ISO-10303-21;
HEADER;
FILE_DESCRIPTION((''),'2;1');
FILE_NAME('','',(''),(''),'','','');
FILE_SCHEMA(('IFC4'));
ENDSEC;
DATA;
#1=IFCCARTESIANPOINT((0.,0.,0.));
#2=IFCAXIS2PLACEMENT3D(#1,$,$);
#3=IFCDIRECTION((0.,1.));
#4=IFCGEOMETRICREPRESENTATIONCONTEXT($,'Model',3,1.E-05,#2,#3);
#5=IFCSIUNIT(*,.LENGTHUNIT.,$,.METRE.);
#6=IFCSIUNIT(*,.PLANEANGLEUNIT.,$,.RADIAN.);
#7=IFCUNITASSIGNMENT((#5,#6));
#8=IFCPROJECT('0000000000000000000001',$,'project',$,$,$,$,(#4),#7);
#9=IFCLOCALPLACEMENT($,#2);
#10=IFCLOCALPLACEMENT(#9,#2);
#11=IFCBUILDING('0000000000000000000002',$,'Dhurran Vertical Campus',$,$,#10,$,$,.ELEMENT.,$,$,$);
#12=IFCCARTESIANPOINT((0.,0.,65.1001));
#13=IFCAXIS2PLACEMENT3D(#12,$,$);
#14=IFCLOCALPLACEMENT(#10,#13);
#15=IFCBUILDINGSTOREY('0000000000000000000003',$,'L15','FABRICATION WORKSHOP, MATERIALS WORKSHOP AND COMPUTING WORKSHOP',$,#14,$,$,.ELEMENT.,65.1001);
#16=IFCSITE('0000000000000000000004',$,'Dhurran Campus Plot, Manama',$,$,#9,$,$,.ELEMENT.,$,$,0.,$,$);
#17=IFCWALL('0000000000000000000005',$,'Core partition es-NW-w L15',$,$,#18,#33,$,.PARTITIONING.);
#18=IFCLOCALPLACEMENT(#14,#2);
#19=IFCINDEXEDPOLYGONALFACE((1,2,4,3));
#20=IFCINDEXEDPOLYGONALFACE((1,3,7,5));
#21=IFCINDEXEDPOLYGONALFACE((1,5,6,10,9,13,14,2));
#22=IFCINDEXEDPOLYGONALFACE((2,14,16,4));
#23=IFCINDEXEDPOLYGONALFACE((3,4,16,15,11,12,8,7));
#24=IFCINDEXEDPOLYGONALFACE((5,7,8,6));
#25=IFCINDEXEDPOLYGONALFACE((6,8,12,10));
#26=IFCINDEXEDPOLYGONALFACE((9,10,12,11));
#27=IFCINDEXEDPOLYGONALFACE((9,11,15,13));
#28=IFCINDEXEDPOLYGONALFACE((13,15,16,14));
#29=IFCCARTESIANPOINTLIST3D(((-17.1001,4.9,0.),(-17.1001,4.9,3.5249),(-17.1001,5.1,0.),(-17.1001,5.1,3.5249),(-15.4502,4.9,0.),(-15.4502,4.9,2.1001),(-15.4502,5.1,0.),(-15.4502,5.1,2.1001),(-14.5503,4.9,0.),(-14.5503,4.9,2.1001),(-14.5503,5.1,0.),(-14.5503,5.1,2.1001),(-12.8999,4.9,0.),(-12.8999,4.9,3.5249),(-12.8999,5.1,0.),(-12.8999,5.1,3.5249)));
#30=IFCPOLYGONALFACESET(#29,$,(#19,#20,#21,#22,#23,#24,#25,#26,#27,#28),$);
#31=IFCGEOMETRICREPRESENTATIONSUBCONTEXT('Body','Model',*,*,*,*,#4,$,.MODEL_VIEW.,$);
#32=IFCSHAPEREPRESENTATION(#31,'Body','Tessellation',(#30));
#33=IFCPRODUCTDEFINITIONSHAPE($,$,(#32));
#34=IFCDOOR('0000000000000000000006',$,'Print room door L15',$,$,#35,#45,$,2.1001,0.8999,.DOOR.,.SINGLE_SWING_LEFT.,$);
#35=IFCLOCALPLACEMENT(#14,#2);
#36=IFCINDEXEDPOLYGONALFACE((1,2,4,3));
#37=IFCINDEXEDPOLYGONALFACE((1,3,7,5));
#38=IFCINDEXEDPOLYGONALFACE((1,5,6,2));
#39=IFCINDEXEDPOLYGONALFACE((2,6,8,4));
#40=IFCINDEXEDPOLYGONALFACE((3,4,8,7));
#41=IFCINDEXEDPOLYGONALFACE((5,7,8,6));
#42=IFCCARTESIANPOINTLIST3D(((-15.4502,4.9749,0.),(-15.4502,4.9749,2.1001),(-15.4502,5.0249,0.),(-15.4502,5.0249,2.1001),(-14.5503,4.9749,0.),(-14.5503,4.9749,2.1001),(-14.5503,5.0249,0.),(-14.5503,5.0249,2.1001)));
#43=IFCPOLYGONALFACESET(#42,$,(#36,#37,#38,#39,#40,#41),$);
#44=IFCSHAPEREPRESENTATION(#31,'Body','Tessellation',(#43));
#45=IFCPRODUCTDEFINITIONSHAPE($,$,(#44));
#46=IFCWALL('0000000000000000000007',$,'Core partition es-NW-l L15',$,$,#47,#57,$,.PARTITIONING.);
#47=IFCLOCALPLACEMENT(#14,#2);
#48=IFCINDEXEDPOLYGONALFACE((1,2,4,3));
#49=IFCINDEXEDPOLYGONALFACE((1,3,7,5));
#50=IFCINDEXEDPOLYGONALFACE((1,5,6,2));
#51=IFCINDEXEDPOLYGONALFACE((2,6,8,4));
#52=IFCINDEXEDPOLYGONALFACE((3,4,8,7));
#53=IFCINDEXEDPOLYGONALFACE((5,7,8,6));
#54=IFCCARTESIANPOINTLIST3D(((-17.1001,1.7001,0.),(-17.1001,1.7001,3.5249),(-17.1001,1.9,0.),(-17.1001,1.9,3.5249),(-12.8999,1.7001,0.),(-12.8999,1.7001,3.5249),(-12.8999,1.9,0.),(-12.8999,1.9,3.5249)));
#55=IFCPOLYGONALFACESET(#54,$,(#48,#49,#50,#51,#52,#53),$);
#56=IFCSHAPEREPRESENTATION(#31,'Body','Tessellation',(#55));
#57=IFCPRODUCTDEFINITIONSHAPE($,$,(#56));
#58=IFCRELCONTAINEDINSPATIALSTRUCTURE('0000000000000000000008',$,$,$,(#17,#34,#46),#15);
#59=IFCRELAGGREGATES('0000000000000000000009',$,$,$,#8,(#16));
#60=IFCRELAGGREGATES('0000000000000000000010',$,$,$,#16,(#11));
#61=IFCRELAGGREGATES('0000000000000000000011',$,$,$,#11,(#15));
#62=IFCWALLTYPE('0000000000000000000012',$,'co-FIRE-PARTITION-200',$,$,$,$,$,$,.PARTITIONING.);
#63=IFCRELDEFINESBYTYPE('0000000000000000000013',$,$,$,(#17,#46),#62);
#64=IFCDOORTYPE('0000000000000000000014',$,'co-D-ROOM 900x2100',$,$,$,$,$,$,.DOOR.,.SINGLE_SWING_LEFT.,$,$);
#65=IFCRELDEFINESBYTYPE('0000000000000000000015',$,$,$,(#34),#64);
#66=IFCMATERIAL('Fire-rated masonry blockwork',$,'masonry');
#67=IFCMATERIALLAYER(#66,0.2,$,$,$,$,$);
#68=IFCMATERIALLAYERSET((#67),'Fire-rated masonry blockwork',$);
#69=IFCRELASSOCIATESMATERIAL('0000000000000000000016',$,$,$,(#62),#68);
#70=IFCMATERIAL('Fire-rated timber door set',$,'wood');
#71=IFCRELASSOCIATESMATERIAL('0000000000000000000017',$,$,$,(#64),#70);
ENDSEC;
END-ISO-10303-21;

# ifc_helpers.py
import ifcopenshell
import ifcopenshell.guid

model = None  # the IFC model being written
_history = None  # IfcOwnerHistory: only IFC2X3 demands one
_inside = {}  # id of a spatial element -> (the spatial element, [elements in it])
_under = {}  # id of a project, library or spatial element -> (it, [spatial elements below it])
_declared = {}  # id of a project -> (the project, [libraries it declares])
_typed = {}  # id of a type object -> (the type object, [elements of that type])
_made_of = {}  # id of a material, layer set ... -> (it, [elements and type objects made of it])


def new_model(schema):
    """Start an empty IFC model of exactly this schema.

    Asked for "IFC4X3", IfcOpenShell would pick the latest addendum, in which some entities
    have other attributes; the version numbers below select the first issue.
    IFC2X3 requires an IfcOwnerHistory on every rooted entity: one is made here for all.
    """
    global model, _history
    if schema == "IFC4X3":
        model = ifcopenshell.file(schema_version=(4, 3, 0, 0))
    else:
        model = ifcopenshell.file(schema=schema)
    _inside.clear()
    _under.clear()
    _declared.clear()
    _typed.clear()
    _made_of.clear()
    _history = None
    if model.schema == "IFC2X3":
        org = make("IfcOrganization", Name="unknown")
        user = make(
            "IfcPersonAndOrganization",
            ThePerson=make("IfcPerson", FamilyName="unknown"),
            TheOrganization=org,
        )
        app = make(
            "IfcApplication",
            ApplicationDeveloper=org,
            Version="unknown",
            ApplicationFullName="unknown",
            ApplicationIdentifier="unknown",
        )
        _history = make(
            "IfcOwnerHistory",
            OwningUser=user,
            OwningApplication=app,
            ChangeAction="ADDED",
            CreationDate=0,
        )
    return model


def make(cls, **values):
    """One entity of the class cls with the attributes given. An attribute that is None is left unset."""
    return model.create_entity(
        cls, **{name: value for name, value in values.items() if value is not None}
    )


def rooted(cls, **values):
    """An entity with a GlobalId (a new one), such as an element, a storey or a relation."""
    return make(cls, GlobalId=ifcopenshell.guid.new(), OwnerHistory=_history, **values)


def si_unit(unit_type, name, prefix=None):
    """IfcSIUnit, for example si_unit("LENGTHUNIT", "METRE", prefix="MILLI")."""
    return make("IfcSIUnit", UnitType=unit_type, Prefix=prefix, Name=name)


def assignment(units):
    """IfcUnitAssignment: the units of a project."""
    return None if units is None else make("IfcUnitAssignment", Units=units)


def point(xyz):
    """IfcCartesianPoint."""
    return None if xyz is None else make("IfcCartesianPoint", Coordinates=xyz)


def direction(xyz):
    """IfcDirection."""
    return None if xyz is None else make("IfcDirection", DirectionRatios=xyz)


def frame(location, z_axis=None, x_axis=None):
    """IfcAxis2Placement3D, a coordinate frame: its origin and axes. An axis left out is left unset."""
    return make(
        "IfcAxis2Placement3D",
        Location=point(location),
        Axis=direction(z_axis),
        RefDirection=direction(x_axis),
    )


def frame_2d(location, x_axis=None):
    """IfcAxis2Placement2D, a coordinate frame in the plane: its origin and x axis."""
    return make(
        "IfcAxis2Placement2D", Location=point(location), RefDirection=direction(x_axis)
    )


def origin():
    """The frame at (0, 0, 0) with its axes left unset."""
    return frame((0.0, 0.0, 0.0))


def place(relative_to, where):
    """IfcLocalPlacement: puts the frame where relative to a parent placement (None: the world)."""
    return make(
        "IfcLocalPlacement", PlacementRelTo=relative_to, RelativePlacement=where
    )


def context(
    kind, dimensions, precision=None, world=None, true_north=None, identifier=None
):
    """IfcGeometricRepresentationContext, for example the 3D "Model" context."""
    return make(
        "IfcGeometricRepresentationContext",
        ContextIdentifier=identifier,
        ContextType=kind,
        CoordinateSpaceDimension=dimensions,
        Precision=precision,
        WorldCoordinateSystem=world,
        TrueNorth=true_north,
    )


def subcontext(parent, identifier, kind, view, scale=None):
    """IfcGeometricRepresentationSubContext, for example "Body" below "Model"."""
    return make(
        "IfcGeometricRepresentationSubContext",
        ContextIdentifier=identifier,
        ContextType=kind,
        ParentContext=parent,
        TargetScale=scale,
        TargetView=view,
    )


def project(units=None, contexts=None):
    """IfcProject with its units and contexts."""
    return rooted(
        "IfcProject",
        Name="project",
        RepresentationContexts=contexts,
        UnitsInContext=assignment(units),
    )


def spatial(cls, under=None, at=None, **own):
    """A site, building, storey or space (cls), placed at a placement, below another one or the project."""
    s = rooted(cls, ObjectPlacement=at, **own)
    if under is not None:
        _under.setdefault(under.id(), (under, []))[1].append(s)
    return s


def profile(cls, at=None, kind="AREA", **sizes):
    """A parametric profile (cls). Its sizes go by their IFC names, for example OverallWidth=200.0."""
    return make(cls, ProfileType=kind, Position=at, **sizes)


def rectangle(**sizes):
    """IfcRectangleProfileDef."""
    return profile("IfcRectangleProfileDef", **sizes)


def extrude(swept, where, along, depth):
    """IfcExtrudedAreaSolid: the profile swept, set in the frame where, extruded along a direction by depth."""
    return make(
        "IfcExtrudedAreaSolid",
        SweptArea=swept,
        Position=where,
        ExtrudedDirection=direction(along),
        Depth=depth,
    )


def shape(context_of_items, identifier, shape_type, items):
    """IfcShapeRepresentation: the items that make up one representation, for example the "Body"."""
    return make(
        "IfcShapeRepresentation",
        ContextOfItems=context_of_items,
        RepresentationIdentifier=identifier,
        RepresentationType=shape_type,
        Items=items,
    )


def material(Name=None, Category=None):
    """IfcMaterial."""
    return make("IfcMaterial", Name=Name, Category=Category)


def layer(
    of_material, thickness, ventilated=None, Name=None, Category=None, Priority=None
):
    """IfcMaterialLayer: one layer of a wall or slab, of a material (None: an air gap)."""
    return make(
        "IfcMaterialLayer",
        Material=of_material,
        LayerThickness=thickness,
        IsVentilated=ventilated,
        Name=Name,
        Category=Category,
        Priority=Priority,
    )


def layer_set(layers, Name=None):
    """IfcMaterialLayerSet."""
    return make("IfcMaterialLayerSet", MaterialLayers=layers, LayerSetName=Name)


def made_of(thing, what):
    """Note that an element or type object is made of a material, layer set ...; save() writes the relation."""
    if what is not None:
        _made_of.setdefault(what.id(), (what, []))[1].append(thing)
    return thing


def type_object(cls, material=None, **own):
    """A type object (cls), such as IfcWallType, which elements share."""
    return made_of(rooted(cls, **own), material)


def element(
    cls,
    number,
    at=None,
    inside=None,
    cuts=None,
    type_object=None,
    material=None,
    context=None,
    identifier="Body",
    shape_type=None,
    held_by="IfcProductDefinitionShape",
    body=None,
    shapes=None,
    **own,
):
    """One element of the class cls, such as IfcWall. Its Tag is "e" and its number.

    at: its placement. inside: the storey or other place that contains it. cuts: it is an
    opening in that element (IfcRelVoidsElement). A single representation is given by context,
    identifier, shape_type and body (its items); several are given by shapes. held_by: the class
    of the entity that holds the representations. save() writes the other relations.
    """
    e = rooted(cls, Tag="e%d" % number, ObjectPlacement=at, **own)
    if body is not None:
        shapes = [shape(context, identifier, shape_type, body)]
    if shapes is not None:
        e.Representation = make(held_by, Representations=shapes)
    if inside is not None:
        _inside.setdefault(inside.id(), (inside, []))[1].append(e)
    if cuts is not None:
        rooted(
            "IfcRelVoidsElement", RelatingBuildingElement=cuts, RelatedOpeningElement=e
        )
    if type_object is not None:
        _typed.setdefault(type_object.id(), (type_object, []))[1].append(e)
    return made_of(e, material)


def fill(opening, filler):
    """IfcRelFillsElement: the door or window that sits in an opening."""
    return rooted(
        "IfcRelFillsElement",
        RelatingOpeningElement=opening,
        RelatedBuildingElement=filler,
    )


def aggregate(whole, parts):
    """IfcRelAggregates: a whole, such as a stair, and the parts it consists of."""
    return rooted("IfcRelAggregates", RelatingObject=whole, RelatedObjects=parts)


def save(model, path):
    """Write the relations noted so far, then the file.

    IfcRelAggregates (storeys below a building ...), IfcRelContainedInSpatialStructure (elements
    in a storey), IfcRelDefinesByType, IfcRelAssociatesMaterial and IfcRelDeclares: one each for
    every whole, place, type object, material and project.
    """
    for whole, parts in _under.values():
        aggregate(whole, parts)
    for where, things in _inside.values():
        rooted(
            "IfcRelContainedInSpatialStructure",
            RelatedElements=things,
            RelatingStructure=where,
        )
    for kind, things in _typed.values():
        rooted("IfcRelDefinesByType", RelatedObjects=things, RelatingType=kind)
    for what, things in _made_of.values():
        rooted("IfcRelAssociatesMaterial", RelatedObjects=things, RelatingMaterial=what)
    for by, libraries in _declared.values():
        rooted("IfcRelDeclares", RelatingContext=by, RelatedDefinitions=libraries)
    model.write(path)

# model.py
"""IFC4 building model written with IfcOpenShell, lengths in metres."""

from ifc_helpers import new_model, si_unit, direction, frame, frame_2d, origin, place, context, subcontext, project, spatial, rectangle, extrude, material, layer, layer_set, type_object, element, fill, save


model = new_model("IFC4")

# Units and contexts
model_context = context("Model", 3, precision=1e-05, world=origin(), true_north=direction((0.0, 1.0)))
body_context = subcontext(model_context, "Body", "Model", "MODEL_VIEW")
ifc_project = project(units=[si_unit("LENGTHUNIT", "METRE"), si_unit("PLANEANGLEUNIT", "RADIAN")], contexts=[model_context])

# Site, building, storey
site_placement = place(None, origin())
site = spatial("IfcSite", under=ifc_project, at=site_placement, Name="Dhurran Campus Plot, Manama", CompositionType="ELEMENT", RefElevation=0.0)
building_placement = place(site_placement, origin())
building = spatial("IfcBuilding", under=site, at=building_placement, Name="Dhurran Vertical Campus", CompositionType="ELEMENT")
storey_placement = place(building_placement, frame((0.0, 0.0, 65.1001)))
storey = spatial("IfcBuildingStorey", under=building, at=storey_placement, Name="L15", Description="FABRICATION WORKSHOP, MATERIALS WORKSHOP AND COMPUTING WORKSHOP", CompositionType="ELEMENT", Elevation=65.1001)

# Wall, opening, door
ifc_material_1 = material(Name="Fire-rated masonry blockwork", Category="masonry")
ifc_layer_1 = layer(ifc_material_1, 0.2)
ifc_layer_set_1 = layer_set([ifc_layer_1], Name="Fire-rated masonry blockwork")
wall_type_1 = type_object("IfcWallType", Name="co-FIRE-PARTITION-200", PredefinedType="PARTITIONING", material=ifc_layer_set_1)
ifc_material_2 = material(Name="Fire-rated timber door set", Category="wood")
door_type_1 = type_object("IfcDoorType", Name="co-D-ROOM 900x2100", OperationType="SINGLE_SWING_LEFT", PredefinedType="DOOR", material=ifc_material_2)
wall_1_placement = place(storey_placement, frame((-17.1001, 5.0, 0.0), z_axis=(0.0, 0.0, 1.0), x_axis=(1.0, 0.0, 0.0)))
wall_1 = element("IfcWall", 1, at=wall_1_placement, inside=storey, type_object=wall_type_1, Name="Core partition es-NW-w L15", PredefinedType="PARTITIONING", context=body_context, shape_type="SweptSolid", body=[
    extrude(rectangle(XDim=4.2002, YDim=0.2, at=frame_2d((2.1001, 0.0))), origin(), (0.0, 0.0, 1.0), 3.5249),
])
opening_1_placement = place(wall_1_placement, frame((1.6499, 0.0, 0.0)))
opening_1 = element("IfcOpeningElement", 2, at=opening_1_placement, cuts=wall_1, PredefinedType="OPENING", context=body_context, shape_type="SweptSolid", body=[
    extrude(rectangle(XDim=0.8999, YDim=2.1001, at=frame_2d((0.45, 1.05))), frame((0.0, 0.1099, 0.0), z_axis=(0.0, -1.0, 0.0), x_axis=(1.0, 0.0, 0.0)), (0.0, 0.0, 1.0), 0.22),
])
door_1_placement = place(opening_1_placement, origin())
door_1 = element("IfcDoor", 3, at=door_1_placement, inside=storey, type_object=door_type_1, Name="Print room door L15", OperationType="SINGLE_SWING_LEFT", OverallHeight=2.1001, OverallWidth=0.8999, PredefinedType="DOOR", context=body_context, shape_type="SweptSolid", body=[
    extrude(rectangle(XDim=0.8999, YDim=2.1001, at=frame_2d((0.45, 1.05))), frame((0.0, 0.0249, 0.0), z_axis=(0.0, -1.0, 0.0), x_axis=(1.0, 0.0, 0.0)), (0.0, 0.0, 1.0), 0.05),
])
fill(opening_1, door_1)

# Wall
wall_2_placement = place(storey_placement, frame((-17.1001, 1.8, 0.0), z_axis=(0.0, 0.0, 1.0), x_axis=(1.0, 0.0, 0.0)))
element("IfcWall", 4, at=wall_2_placement, inside=storey, type_object=wall_type_1, Name="Core partition es-NW-l L15", PredefinedType="PARTITIONING", context=body_context, shape_type="SweptSolid", body=[
    extrude(rectangle(XDim=4.2002, YDim=0.2, at=frame_2d((2.1001, 0.0))), origin(), (0.0, 0.0, 1.0), 3.5249),
])

save(model, "model.ifc")
